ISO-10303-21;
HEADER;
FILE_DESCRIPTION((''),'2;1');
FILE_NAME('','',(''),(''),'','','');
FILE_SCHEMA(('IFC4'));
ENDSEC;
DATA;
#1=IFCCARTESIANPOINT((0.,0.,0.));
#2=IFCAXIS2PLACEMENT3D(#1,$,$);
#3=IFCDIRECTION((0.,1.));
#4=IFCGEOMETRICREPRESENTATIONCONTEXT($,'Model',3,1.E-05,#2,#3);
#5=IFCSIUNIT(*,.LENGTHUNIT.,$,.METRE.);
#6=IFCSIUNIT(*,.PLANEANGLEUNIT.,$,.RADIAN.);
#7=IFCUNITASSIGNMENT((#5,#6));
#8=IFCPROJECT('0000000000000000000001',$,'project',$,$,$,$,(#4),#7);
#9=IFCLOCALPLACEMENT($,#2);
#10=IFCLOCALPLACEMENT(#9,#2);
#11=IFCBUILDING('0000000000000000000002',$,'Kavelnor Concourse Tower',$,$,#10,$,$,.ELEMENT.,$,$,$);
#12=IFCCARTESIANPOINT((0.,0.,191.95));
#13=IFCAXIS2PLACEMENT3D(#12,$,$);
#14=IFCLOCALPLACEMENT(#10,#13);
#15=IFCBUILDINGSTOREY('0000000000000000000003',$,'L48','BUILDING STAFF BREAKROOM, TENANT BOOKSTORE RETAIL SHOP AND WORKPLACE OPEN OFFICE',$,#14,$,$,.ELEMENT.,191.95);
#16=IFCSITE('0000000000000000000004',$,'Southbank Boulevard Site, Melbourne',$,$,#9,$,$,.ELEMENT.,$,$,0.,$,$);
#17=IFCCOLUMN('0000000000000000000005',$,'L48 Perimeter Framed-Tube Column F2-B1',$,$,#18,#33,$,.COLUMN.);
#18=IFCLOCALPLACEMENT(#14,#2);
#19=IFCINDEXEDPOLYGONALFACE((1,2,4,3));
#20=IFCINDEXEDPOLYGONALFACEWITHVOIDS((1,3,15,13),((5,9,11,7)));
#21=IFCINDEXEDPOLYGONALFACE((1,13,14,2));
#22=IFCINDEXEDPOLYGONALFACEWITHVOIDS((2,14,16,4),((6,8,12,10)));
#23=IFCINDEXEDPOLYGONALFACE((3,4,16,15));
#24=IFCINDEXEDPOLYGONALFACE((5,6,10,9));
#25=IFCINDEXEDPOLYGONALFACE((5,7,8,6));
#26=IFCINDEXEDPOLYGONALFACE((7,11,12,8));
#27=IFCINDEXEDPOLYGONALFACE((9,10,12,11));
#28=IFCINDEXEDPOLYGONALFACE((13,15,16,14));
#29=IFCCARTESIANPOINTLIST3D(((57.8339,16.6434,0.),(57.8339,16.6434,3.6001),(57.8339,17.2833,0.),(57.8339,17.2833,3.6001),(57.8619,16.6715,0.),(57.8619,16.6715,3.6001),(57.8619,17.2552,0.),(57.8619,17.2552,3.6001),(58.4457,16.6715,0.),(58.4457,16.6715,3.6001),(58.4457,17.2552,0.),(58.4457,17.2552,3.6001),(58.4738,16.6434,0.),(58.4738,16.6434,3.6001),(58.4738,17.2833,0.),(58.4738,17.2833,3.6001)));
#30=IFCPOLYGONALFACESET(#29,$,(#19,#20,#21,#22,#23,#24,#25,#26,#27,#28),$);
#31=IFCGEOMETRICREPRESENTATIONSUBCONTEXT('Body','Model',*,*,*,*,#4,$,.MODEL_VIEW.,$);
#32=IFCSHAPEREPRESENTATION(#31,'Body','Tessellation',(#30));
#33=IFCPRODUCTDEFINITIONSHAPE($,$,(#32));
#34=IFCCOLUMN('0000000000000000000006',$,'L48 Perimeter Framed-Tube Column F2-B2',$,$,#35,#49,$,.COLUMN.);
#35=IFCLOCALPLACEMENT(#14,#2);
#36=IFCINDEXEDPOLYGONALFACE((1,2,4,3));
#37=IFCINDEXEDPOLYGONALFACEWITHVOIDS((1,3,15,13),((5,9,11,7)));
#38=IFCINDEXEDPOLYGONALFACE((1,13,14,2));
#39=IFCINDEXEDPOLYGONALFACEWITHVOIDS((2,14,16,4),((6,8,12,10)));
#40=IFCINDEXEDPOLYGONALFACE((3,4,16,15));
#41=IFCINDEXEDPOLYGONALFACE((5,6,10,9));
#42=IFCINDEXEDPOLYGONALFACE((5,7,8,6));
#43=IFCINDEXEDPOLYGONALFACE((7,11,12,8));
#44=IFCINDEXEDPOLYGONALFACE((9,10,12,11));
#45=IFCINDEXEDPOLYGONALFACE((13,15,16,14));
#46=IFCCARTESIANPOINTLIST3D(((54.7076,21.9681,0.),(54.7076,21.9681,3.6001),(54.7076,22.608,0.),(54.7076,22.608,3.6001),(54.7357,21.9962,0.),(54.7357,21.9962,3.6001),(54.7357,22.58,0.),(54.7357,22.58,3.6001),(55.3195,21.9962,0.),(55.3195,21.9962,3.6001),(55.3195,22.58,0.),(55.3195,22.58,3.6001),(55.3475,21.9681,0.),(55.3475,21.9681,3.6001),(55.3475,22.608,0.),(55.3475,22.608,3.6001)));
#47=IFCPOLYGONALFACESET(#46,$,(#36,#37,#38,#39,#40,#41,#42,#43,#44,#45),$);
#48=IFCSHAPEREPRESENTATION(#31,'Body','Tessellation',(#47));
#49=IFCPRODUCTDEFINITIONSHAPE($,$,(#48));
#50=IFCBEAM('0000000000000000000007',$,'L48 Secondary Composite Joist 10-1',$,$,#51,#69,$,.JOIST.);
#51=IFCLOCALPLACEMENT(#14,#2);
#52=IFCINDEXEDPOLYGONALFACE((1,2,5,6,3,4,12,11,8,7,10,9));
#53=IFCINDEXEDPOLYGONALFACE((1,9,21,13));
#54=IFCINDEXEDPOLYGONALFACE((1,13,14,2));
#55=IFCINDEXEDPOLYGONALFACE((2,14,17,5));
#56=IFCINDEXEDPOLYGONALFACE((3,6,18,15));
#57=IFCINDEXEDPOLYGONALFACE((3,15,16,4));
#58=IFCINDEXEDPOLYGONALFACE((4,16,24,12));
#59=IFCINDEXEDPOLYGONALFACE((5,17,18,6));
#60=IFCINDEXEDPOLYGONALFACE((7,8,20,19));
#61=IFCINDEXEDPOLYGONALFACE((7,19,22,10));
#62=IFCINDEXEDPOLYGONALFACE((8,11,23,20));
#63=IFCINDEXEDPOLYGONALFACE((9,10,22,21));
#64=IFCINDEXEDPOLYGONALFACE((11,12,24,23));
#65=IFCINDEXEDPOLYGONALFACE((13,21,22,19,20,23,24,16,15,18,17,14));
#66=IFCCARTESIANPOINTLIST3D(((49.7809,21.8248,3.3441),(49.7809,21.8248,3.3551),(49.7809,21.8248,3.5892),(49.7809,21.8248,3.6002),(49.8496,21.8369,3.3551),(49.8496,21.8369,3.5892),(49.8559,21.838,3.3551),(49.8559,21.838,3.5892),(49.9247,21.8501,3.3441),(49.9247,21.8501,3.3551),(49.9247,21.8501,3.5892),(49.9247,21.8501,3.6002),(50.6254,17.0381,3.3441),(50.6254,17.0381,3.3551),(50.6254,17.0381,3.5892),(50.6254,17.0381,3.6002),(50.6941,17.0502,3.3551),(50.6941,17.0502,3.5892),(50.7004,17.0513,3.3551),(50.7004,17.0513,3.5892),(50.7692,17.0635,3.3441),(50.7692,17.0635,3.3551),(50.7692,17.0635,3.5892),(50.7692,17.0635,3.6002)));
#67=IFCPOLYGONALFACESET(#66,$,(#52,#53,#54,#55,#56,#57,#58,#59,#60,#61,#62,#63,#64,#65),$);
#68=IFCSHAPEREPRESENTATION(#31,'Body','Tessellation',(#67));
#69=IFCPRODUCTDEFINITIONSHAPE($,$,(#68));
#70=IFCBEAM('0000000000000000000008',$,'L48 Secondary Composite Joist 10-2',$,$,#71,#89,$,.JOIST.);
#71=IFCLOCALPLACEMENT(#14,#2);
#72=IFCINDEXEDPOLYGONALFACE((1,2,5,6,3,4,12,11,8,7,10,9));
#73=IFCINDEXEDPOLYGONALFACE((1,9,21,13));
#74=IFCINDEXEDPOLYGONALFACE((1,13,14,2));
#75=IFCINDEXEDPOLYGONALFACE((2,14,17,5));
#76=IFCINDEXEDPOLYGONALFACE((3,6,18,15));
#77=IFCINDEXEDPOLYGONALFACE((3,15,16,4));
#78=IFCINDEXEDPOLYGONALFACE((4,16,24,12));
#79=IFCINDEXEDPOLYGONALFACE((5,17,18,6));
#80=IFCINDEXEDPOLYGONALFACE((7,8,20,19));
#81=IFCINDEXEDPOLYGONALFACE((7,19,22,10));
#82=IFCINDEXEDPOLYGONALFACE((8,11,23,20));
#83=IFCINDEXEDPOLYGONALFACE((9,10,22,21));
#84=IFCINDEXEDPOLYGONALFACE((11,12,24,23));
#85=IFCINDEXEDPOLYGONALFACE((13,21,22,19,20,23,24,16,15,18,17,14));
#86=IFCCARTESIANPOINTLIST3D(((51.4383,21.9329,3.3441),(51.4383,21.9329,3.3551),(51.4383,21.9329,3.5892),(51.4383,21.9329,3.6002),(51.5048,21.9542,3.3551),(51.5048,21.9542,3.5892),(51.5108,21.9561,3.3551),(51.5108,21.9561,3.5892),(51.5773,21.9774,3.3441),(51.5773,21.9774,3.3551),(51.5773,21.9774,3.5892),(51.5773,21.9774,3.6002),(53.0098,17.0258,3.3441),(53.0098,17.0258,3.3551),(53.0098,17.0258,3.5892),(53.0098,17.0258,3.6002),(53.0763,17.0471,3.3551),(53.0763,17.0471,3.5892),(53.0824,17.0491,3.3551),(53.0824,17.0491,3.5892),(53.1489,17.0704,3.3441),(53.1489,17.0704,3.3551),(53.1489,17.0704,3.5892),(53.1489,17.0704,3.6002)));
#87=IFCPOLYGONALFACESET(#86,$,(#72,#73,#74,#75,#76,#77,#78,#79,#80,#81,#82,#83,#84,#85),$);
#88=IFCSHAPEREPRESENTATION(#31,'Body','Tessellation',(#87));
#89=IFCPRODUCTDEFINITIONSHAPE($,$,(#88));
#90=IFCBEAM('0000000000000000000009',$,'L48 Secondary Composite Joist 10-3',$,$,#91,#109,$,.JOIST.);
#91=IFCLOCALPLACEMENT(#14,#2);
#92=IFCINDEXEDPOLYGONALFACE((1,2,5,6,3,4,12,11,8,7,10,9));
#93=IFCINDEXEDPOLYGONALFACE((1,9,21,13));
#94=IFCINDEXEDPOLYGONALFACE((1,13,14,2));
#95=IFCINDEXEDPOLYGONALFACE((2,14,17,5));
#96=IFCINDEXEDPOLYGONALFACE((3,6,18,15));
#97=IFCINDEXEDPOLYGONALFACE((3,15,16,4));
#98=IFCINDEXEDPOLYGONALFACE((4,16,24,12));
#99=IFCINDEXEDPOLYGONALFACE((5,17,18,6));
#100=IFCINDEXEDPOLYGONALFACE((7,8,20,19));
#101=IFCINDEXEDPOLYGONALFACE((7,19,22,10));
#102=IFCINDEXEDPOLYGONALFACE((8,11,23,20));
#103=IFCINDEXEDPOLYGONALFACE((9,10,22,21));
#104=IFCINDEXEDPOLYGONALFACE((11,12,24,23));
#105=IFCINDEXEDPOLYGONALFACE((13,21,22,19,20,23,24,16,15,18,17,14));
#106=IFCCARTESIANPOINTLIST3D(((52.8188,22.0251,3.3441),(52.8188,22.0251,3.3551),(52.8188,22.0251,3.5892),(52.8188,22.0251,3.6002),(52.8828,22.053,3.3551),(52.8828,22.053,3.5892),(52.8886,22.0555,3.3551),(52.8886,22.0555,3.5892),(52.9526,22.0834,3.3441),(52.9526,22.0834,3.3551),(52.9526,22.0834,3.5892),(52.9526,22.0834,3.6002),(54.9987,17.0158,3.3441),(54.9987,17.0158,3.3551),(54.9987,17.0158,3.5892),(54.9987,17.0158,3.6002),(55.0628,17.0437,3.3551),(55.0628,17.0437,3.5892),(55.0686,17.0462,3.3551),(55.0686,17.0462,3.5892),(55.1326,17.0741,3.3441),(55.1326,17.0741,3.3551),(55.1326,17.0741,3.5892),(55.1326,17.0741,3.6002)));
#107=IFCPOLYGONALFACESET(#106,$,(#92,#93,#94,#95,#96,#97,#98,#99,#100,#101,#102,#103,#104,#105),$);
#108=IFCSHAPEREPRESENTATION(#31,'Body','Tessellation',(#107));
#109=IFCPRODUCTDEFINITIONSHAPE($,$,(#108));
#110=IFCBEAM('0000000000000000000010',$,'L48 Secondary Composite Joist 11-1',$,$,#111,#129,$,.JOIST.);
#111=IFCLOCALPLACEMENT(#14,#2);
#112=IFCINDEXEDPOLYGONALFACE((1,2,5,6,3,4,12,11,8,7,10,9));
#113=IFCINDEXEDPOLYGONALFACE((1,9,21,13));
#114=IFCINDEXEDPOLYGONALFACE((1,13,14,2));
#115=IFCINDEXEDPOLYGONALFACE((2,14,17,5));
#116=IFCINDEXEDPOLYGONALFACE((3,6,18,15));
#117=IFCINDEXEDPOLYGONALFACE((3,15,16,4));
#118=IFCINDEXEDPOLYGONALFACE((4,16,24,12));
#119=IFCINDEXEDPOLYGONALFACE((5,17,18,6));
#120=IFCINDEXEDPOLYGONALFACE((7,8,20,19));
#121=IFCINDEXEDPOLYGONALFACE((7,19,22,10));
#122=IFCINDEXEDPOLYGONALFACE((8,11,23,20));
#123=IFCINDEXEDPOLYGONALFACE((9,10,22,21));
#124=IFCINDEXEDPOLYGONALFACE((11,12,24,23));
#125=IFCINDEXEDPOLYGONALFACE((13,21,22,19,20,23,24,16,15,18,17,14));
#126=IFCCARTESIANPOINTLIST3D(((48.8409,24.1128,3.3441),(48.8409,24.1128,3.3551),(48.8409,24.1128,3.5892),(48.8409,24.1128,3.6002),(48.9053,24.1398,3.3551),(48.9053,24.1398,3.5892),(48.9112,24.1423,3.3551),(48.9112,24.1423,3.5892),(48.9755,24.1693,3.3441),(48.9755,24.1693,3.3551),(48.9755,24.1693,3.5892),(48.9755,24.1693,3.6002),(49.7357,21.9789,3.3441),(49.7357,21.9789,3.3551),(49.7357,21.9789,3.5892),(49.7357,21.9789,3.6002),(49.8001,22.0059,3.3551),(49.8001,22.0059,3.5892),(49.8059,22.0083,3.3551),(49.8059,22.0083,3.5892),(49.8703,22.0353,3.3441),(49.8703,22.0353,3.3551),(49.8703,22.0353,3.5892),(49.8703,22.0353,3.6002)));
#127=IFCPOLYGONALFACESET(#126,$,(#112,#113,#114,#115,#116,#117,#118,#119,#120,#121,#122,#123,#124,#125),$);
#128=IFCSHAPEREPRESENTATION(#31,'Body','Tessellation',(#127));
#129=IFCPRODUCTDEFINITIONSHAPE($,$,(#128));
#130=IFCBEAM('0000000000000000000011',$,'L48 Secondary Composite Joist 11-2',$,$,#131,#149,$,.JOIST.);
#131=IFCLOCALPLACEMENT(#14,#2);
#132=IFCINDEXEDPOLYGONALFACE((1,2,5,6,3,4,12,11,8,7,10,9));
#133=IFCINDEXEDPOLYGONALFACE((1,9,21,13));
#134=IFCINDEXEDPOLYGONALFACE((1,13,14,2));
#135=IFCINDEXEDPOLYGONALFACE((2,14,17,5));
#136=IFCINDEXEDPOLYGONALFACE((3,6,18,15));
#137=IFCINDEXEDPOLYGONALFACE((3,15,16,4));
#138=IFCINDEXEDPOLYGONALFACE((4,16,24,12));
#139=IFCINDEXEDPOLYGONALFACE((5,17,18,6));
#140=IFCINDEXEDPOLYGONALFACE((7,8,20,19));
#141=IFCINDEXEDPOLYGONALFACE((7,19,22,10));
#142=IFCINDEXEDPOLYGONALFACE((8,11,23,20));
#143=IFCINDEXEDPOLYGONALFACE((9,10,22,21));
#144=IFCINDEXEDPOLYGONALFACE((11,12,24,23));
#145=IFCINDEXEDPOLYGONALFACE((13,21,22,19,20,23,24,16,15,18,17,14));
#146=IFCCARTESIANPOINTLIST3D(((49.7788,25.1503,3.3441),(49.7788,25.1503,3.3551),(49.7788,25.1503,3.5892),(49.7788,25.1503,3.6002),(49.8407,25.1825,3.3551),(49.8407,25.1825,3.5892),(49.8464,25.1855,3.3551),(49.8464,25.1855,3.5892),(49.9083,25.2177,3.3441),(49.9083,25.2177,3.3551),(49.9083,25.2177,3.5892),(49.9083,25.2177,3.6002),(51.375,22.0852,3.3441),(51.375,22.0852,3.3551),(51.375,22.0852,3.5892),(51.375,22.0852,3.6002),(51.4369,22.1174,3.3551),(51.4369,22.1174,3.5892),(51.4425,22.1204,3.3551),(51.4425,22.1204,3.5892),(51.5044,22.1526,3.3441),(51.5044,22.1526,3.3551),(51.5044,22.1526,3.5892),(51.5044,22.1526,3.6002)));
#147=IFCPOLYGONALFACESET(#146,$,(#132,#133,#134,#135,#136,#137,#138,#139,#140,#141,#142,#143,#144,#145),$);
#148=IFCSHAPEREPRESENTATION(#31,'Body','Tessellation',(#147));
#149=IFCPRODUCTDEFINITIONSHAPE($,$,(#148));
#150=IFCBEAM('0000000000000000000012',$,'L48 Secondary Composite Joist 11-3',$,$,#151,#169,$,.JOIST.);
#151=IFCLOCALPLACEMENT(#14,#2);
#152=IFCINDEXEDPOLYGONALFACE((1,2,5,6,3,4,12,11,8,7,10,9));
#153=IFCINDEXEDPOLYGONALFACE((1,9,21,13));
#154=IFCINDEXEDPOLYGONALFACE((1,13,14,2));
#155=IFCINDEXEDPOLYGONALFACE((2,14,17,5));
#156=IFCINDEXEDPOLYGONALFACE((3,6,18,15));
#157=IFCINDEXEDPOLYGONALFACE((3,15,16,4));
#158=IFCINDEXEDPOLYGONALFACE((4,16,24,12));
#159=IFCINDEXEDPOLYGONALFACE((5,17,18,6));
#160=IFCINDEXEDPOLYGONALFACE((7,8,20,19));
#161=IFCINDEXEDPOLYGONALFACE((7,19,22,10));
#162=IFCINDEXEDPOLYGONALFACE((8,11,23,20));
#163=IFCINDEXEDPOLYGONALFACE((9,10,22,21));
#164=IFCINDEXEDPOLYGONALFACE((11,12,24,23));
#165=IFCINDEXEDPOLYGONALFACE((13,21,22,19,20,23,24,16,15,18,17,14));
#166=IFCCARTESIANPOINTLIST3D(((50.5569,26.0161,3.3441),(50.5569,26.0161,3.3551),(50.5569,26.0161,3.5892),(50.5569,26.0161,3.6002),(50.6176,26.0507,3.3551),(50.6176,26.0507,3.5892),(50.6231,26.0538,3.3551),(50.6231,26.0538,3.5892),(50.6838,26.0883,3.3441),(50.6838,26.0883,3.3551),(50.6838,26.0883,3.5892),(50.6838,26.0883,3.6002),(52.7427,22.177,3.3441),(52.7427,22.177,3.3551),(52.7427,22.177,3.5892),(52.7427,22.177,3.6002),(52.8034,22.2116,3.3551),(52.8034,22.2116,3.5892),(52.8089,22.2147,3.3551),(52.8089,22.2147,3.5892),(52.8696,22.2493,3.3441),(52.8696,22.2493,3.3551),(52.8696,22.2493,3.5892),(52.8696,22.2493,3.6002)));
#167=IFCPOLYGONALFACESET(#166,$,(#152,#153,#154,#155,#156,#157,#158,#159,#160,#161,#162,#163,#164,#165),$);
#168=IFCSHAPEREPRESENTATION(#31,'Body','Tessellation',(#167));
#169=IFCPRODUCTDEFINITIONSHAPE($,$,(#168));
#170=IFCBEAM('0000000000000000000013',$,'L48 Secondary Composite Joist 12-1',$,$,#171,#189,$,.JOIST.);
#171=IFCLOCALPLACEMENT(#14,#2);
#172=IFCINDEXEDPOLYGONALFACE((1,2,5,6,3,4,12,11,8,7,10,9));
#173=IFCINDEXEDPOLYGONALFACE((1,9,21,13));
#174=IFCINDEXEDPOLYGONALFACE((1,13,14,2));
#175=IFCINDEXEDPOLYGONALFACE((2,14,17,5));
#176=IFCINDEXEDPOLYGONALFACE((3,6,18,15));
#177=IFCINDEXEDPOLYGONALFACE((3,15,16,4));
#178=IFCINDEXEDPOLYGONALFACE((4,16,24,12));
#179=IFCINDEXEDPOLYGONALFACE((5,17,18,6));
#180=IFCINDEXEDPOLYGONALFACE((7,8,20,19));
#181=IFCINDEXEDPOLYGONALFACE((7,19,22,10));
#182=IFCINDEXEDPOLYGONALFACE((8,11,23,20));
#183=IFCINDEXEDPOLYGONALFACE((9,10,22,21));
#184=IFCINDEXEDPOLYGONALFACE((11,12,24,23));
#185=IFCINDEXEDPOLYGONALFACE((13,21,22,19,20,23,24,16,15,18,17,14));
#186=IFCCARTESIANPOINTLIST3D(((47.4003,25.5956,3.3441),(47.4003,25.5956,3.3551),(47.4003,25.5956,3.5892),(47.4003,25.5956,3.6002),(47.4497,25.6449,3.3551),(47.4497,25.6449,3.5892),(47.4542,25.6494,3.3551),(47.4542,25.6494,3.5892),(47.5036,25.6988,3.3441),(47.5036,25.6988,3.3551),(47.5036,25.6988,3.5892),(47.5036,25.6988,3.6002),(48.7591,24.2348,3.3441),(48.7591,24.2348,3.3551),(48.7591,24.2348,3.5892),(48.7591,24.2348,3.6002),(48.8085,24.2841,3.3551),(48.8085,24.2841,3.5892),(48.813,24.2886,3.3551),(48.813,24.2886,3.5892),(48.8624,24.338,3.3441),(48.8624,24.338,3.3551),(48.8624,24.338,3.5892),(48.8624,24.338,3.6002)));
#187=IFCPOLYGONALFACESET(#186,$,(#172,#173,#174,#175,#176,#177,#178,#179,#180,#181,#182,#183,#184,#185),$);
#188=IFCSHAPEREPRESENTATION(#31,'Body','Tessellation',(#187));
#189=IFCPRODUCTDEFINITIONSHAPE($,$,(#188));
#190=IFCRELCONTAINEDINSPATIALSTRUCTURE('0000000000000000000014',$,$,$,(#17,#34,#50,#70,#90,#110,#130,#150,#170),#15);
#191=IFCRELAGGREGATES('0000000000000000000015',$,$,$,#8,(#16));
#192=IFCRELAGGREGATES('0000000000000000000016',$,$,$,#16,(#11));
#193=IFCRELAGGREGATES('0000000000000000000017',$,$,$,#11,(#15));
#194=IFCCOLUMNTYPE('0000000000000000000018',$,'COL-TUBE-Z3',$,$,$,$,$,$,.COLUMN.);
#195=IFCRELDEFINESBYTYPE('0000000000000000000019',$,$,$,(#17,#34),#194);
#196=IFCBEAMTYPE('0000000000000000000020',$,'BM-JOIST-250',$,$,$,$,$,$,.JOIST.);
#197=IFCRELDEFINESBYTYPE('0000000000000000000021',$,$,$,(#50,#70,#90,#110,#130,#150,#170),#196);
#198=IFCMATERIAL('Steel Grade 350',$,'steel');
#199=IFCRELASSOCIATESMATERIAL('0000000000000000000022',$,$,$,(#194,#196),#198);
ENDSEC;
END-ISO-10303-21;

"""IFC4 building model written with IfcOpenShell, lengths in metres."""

from ifc_helpers import new_model, si_unit, direction, frame, origin, origin_2d, place, context, subcontext, project, spatial, hollow_rectangle, i_section, extrude, material, material_profile, profile_set, type_object, element, save


model = new_model("IFC4")

# Units and contexts
model_context = context("Model", 3, precision=1e-05, world=origin(), true_north=direction((0.0, 1.0)))
body_context = subcontext(model_context, "Body", "Model", "MODEL_VIEW")
ifc_project = project(units=[si_unit("LENGTHUNIT", "METRE"), si_unit("PLANEANGLEUNIT", "RADIAN")], contexts=[model_context])

# Site, building, storey
site_placement = place(None, origin())
site = spatial("IfcSite", under=ifc_project, at=site_placement, Name="Southbank Boulevard Site, Melbourne", CompositionType="ELEMENT", RefElevation=0.0)
building_placement = place(site_placement, origin())
building = spatial("IfcBuilding", under=site, at=building_placement, Name="Kavelnor Concourse Tower", CompositionType="ELEMENT")
storey_placement = place(building_placement, frame((0.0, 0.0, 191.95)))
storey = spatial("IfcBuildingStorey", under=building, at=storey_placement, Name="L48", Description="BUILDING STAFF BREAKROOM, TENANT BOOKSTORE RETAIL SHOP AND WORKPLACE OPEN OFFICE", CompositionType="ELEMENT", Elevation=191.95)

# Columns
ifc_material_1 = material(Name="Steel Grade 350", Category="steel")
ifc_material_profile_1 = material_profile(ifc_material_1, hollow_rectangle(XDim=0.6399, YDim=0.6399, WallThickness=0.0281, at=origin_2d()), Name="SHS 640x640x28")
ifc_profile_set_1 = profile_set([ifc_material_profile_1], Name="Steel Grade 350")
column_type = type_object("IfcColumnType", Name="COL-TUBE-Z3", PredefinedType="COLUMN", material=ifc_profile_set_1)
for number, where, z_axis, x_axis, name in (
    (1, (58.1538, 16.9634, 0.0), (0.0, 0.0, 1.0), (1.0, 0.0, 0.0), "L48 Perimeter Framed-Tube Column F2-B1"),
    (2, (55.0276, 22.2881, 0.0), (0.0, 0.0, 1.0), (1.0, 0.0, 0.0), "L48 Perimeter Framed-Tube Column F2-B2"),
):
    element("IfcColumn", number, at=place(storey_placement, frame(where, z_axis=z_axis, x_axis=x_axis)), inside=storey, type_object=column_type, Name=name, PredefinedType="COLUMN", context=body_context, shape_type="SweptSolid", body=[
        extrude(hollow_rectangle(XDim=0.6399, YDim=0.6399, WallThickness=0.0281, at=origin_2d()), origin(), (0.0, 0.0, 1.0), 3.6001),
    ])

# Beams
ifc_material_profile_2 = material_profile(ifc_material_1, i_section(OverallWidth=0.146, OverallDepth=0.2561, WebThickness=0.0063, FlangeThickness=0.011, at=origin_2d()), Name="250UB37")
ifc_profile_set_2 = profile_set([ifc_material_profile_2], Name="Steel Grade 350")
beam_type_1 = type_object("IfcBeamType", Name="BM-JOIST-250", PredefinedType="JOIST", material=ifc_profile_set_2)
beam_1_placement = place(storey_placement, frame((50.6973, 17.0508, 3.4722), z_axis=(-0.173742, 0.984791, 0.0), x_axis=(-0.984791, -0.173742, 0.0)))
element("IfcBeam", 3, at=beam_1_placement, inside=storey, type_object=beam_type_1, Name="L48 Secondary Composite Joist 10-1", PredefinedType="JOIST", context=body_context, shape_type="SweptSolid", body=[
    extrude(i_section(OverallWidth=0.146, OverallDepth=0.2561, WebThickness=0.0063, FlangeThickness=0.011, at=origin_2d()), origin(), (0.0, 0.0, 1.0), 4.8606),
])
beam_2_placement = place(storey_placement, frame((53.0793, 17.0481, 3.4722), z_axis=(-0.305004, 0.952351, 0.0), x_axis=(-0.952351, -0.305004, 0.0)))
element("IfcBeam", 4, at=beam_2_placement, inside=storey, type_object=beam_type_1, Name="L48 Secondary Composite Joist 10-2", PredefinedType="JOIST", context=body_context, shape_type="SweptSolid", body=[
    extrude(i_section(OverallWidth=0.146, OverallDepth=0.2561, WebThickness=0.0063, FlangeThickness=0.011, at=origin_2d()), origin(), (0.0, 0.0, 1.0), 5.1526),
])
beam_3_placement = place(storey_placement, frame((55.0657, 17.0449, 3.4722), z_axis=(-0.399032, 0.916937, 0.0), x_axis=(-0.916937, -0.399032, 0.0)))
element("IfcBeam", 5, at=beam_3_placement, inside=storey, type_object=beam_type_1, Name="L48 Secondary Composite Joist 10-3", PredefinedType="JOIST", context=body_context, shape_type="SweptSolid", body=[
    extrude(i_section(OverallWidth=0.146, OverallDepth=0.2561, WebThickness=0.0063, FlangeThickness=0.011, at=origin_2d()), origin(), (0.0, 0.0, 1.0), 5.4631),
])
beam_4_placement = place(storey_placement, frame((49.803, 22.0071, 3.4722), z_axis=(-0.386675, 0.922216, 0.0), x_axis=(-0.922216, -0.386675, 0.0)))
element("IfcBeam", 6, at=beam_4_placement, inside=storey, type_object=beam_type_1, Name="L48 Secondary Composite Joist 11-1", PredefinedType="JOIST", context=body_context, shape_type="SweptSolid", body=[
    extrude(i_section(OverallWidth=0.146, OverallDepth=0.2561, WebThickness=0.0063, FlangeThickness=0.011, at=origin_2d()), origin(), (0.0, 0.0, 1.0), 2.314),
])
beam_5_placement = place(storey_placement, frame((51.4397, 22.1189, 3.4722), z_axis=(-0.461875, 0.886945, 0.0), x_axis=(-0.886945, -0.461875, 0.0)))
element("IfcBeam", 7, at=beam_5_placement, inside=storey, type_object=beam_type_1, Name="L48 Secondary Composite Joist 11-2", PredefinedType="JOIST", context=body_context, shape_type="SweptSolid", body=[
    extrude(i_section(OverallWidth=0.146, OverallDepth=0.2561, WebThickness=0.0063, FlangeThickness=0.011, at=origin_2d()), origin(), (0.0, 0.0, 1.0), 3.4558),
])
beam_6_placement = place(storey_placement, frame((52.8062, 22.2131, 3.4722), z_axis=(-0.494775, 0.869021, 0.0), x_axis=(-0.869021, -0.494775, 0.0)))
element("IfcBeam", 8, at=beam_6_placement, inside=storey, type_object=beam_type_1, Name="L48 Secondary Composite Joist 11-3", PredefinedType="JOIST", context=body_context, shape_type="SweptSolid", body=[
    extrude(i_section(OverallWidth=0.146, OverallDepth=0.2561, WebThickness=0.0063, FlangeThickness=0.011, at=origin_2d()), origin(), (0.0, 0.0, 1.0), 4.4177),
])
beam_7_placement = place(storey_placement, frame((48.8108, 24.2864, 3.4722), z_axis=(-0.706599, 0.707614, 0.0), x_axis=(-0.707614, -0.706599, 0.0)))
element("IfcBeam", 9, at=beam_7_placement, inside=storey, type_object=beam_type_1, Name="L48 Secondary Composite Joist 12-1", PredefinedType="JOIST", context=body_context, shape_type="SweptSolid", body=[
    extrude(i_section(OverallWidth=0.146, OverallDepth=0.2561, WebThickness=0.0063, FlangeThickness=0.011, at=origin_2d()), origin(), (0.0, 0.0, 1.0), 1.9231),
])

save(model, "model.ifc")
